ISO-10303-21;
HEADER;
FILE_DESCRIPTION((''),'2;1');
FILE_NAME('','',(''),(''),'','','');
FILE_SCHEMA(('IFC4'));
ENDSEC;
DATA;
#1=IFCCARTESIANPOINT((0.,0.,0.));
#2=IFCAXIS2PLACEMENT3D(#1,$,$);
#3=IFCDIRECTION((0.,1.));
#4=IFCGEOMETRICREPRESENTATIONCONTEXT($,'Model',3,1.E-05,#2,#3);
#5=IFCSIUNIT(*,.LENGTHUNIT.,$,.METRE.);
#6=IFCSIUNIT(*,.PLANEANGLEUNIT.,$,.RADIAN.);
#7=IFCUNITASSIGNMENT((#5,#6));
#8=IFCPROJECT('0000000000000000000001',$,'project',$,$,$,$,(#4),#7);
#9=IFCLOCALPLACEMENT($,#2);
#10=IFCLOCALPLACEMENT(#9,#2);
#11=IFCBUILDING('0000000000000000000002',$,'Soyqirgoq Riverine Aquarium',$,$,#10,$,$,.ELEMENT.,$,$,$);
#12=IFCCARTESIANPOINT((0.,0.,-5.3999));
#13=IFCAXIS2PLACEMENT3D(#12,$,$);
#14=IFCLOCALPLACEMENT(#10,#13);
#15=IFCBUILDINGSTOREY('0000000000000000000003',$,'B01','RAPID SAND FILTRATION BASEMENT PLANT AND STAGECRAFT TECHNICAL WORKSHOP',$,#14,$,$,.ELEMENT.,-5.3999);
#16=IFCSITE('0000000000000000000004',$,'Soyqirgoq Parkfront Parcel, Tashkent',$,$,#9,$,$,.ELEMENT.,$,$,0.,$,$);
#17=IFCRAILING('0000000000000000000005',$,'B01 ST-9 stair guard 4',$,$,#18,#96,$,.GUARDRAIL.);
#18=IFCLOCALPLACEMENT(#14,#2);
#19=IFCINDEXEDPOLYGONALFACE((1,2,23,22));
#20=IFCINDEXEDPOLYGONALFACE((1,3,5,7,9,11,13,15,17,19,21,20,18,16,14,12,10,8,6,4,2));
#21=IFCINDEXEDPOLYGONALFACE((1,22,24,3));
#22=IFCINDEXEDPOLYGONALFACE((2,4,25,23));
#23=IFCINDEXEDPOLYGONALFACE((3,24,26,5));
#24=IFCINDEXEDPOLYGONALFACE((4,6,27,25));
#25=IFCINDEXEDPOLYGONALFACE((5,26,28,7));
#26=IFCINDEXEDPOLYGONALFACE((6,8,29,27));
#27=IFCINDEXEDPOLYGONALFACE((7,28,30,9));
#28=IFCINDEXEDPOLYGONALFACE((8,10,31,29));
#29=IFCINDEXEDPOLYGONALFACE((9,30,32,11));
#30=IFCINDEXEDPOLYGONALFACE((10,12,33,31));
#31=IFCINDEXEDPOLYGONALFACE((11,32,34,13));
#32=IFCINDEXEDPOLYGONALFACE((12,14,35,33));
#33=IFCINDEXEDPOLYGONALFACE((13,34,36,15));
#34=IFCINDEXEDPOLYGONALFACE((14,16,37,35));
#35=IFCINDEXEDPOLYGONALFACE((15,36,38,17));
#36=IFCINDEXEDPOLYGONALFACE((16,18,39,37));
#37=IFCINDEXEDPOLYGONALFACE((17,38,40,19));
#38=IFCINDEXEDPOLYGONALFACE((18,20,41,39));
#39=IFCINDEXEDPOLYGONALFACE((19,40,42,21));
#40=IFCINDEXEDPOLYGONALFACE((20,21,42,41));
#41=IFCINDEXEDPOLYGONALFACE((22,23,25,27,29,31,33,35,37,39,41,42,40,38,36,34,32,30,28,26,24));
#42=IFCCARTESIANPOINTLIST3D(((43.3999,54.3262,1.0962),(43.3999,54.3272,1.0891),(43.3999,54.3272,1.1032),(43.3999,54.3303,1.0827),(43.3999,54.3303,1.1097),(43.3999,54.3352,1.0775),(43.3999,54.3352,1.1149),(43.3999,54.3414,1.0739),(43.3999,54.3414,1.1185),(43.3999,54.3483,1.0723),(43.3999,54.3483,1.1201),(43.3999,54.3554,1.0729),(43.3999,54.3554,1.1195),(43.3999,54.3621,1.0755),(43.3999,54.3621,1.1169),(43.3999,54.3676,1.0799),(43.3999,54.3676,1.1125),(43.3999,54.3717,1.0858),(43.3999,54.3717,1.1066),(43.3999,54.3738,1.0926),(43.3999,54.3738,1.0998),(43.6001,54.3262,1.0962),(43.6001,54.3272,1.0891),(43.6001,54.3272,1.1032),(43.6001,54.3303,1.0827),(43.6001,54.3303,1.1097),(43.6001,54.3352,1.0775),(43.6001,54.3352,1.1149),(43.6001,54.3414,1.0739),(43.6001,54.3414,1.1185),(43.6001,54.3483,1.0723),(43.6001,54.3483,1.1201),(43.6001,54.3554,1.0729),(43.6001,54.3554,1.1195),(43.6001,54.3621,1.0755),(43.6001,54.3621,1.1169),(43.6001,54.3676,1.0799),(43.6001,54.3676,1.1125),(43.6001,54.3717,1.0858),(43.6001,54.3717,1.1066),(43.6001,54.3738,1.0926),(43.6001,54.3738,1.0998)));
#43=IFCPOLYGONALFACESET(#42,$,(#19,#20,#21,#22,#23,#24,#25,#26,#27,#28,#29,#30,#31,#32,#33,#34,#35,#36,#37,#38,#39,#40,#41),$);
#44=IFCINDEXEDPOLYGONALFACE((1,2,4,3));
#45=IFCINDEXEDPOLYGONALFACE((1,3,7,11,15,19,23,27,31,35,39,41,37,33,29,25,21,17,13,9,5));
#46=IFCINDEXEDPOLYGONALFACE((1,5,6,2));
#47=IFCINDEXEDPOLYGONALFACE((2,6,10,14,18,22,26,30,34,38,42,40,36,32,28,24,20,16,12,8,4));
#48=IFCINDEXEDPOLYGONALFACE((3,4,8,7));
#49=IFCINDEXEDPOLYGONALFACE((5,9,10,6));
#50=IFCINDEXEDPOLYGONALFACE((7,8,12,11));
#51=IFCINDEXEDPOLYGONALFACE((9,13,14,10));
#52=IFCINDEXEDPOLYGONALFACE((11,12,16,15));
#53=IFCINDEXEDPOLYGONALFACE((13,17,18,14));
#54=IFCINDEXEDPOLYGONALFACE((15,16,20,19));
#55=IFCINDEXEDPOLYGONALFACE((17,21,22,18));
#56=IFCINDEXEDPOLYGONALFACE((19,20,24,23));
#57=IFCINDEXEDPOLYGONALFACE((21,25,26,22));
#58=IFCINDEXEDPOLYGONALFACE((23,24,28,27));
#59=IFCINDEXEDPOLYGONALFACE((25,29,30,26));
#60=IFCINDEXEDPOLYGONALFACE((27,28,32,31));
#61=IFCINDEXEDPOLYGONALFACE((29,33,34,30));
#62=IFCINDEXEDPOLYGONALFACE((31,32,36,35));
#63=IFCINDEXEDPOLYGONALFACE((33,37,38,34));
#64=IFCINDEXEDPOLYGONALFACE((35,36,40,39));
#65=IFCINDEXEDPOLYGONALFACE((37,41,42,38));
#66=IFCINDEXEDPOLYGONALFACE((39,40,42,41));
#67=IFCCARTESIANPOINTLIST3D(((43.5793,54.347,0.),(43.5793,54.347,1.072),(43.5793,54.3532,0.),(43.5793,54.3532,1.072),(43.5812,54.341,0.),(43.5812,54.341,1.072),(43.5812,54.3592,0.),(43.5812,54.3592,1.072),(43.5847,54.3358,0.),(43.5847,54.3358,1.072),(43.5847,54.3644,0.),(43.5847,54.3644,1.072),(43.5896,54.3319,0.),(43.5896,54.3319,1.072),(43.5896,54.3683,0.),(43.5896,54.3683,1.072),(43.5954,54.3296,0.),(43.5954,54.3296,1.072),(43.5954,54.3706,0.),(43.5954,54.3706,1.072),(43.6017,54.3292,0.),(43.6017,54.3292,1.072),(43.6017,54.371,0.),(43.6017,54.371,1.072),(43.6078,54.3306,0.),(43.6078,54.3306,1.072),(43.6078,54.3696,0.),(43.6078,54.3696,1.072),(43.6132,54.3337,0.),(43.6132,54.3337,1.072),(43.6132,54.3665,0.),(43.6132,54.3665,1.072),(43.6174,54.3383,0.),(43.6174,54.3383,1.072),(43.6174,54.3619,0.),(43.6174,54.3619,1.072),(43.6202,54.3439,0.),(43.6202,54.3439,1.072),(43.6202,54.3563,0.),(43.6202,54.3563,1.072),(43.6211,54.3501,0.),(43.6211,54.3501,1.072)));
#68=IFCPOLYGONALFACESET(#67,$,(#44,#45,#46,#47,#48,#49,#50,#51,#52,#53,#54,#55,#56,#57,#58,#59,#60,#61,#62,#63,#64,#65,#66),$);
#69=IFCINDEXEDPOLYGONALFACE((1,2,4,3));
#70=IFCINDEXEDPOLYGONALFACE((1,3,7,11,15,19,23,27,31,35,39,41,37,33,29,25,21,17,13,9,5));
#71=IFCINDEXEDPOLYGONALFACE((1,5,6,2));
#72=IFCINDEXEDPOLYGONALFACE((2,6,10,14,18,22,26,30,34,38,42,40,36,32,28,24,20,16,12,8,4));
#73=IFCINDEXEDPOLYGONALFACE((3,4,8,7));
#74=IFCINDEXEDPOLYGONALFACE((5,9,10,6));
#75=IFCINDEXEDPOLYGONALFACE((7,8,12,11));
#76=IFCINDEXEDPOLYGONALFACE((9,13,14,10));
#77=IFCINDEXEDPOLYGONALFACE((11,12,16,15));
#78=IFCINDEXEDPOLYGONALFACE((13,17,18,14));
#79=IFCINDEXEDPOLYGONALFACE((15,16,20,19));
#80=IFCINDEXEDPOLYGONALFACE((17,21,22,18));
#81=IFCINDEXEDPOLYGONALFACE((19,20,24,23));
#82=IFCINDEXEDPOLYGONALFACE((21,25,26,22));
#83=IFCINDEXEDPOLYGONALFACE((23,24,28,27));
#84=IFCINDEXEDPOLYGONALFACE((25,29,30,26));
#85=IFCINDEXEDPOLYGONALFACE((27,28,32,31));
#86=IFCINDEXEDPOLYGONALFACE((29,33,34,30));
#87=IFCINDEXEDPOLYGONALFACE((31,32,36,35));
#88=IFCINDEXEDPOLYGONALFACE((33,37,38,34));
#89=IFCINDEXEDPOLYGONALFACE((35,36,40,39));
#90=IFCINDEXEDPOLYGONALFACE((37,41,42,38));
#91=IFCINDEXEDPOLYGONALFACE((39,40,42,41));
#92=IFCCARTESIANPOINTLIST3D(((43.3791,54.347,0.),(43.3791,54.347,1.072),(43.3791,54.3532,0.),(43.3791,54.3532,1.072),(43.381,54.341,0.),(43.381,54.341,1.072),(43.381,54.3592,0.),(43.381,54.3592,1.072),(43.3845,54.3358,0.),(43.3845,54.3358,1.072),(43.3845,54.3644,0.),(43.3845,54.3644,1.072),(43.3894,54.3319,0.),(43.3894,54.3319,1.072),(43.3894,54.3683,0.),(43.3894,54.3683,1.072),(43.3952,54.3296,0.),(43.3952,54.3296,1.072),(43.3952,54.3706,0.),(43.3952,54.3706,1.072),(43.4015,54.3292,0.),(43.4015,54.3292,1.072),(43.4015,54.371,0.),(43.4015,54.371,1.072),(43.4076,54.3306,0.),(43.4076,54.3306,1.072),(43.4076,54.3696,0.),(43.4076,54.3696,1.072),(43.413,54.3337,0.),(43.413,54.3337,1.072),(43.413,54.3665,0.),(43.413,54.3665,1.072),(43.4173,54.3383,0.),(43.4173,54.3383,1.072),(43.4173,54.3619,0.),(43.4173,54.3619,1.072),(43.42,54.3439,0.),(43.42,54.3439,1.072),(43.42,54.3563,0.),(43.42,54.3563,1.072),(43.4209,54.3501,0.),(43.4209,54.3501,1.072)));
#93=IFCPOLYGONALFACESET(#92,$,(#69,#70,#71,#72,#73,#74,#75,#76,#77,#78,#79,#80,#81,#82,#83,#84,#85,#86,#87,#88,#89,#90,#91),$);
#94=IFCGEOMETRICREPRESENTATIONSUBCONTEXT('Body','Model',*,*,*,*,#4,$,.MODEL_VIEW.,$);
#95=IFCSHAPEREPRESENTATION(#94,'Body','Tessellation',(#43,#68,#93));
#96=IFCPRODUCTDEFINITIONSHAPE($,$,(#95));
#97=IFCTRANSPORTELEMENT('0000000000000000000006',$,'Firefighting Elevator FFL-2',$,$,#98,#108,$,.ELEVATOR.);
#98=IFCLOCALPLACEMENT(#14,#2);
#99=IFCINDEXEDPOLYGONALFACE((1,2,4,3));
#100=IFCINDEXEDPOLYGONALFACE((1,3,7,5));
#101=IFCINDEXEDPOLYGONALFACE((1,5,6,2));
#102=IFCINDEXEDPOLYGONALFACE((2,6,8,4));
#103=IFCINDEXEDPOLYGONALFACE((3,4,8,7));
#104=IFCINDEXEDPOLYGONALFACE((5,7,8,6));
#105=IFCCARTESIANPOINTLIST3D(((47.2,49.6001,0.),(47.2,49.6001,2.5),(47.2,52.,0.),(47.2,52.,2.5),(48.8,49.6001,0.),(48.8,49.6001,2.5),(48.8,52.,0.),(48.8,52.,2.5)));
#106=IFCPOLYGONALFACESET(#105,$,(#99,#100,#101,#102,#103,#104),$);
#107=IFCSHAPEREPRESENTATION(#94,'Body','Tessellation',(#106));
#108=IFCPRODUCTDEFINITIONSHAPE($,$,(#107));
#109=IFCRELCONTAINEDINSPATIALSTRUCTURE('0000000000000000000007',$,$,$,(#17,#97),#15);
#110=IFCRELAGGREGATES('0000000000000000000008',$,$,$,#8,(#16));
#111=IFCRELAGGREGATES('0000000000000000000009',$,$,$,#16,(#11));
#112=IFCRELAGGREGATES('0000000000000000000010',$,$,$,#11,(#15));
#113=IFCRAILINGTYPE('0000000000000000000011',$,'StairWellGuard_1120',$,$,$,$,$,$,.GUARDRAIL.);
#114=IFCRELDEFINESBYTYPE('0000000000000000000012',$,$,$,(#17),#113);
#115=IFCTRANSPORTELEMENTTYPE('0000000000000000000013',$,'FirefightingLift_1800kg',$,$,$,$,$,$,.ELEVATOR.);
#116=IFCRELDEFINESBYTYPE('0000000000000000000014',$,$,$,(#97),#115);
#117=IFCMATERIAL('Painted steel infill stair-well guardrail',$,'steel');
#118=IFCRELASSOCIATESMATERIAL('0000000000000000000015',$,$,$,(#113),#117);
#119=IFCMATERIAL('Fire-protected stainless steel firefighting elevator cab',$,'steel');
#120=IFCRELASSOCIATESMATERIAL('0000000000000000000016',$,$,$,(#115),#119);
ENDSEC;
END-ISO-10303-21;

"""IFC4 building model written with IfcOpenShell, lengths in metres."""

from ifc_helpers import new_model, si_unit, direction, frame, origin, origin_2d, place, context, subcontext, project, spatial, rectangle, circle, extrude, material, type_object, element, save


model = new_model("IFC4")

# Units and contexts
model_context = context("Model", 3, precision=1e-05, world=origin(), true_north=direction((0.0, 1.0)))
body_context = subcontext(model_context, "Body", "Model", "MODEL_VIEW")
ifc_project = project(units=[si_unit("LENGTHUNIT", "METRE"), si_unit("PLANEANGLEUNIT", "RADIAN")], contexts=[model_context])

# Site, building, storey
site_placement = place(None, origin())
site = spatial("IfcSite", under=ifc_project, at=site_placement, Name="Soyqirgoq Parkfront Parcel, Tashkent", CompositionType="ELEMENT", RefElevation=0.0)
building_placement = place(site_placement, origin())
building = spatial("IfcBuilding", under=site, at=building_placement, Name="Soyqirgoq Riverine Aquarium", CompositionType="ELEMENT")
storey_placement = place(building_placement, frame((0.0, 0.0, -5.3999)))
storey = spatial("IfcBuildingStorey", under=building, at=storey_placement, Name="B01", Description="RAPID SAND FILTRATION BASEMENT PLANT AND STAGECRAFT TECHNICAL WORKSHOP", CompositionType="ELEMENT", Elevation=-5.3999)

# Railing
ifc_material_1 = material(Name="Painted steel infill stair-well guardrail", Category="steel")
railing_type_1 = type_object("IfcRailingType", Name="StairWellGuard_1120", PredefinedType="GUARDRAIL", material=ifc_material_1)
railing_1_placement = place(storey_placement, frame((43.6001, 54.3501, 0.0)))
element("IfcRailing", 1, at=railing_1_placement, inside=storey, type_object=railing_type_1, Name="B01 ST-9 stair guard 4", PredefinedType="GUARDRAIL", context=body_context, shape_type="SweptSolid", body=[
    extrude(circle(Radius=0.0239, at=origin_2d()), frame((0.0, 0.0, 1.0962), z_axis=(-1.0, 0.0, 0.0), x_axis=(0.0, -1.0, 0.0)), (0.0, 0.0, 1.0), 0.2002),
    extrude(circle(Radius=0.021, at=origin_2d()), origin(), (0.0, 0.0, 1.0), 1.072),
    extrude(circle(Radius=0.021, at=origin_2d()), frame((-0.2002, 0.0, 0.0)), (0.0, 0.0, 1.0), 1.072),
])

# Transport element
ifc_material_2 = material(Name="Fire-protected stainless steel firefighting elevator cab", Category="steel")
transport_element_type = type_object("IfcTransportElementType", Name="FirefightingLift_1800kg", PredefinedType="ELEVATOR", material=ifc_material_2)
transport_element_placement = place(storey_placement, frame((48.0, 50.8, 0.0), z_axis=(0.0, 0.0, 1.0), x_axis=(1.0, 0.0, 0.0)))
element("IfcTransportElement", 2, at=transport_element_placement, inside=storey, type_object=transport_element_type, Name="Firefighting Elevator FFL-2", PredefinedType="ELEVATOR", context=body_context, shape_type="SweptSolid", body=[
    extrude(rectangle(XDim=1.6001, YDim=2.3999, at=origin_2d()), origin(), (0.0, 0.0, 1.0), 2.5),
])

save(model, "model.ifc")
